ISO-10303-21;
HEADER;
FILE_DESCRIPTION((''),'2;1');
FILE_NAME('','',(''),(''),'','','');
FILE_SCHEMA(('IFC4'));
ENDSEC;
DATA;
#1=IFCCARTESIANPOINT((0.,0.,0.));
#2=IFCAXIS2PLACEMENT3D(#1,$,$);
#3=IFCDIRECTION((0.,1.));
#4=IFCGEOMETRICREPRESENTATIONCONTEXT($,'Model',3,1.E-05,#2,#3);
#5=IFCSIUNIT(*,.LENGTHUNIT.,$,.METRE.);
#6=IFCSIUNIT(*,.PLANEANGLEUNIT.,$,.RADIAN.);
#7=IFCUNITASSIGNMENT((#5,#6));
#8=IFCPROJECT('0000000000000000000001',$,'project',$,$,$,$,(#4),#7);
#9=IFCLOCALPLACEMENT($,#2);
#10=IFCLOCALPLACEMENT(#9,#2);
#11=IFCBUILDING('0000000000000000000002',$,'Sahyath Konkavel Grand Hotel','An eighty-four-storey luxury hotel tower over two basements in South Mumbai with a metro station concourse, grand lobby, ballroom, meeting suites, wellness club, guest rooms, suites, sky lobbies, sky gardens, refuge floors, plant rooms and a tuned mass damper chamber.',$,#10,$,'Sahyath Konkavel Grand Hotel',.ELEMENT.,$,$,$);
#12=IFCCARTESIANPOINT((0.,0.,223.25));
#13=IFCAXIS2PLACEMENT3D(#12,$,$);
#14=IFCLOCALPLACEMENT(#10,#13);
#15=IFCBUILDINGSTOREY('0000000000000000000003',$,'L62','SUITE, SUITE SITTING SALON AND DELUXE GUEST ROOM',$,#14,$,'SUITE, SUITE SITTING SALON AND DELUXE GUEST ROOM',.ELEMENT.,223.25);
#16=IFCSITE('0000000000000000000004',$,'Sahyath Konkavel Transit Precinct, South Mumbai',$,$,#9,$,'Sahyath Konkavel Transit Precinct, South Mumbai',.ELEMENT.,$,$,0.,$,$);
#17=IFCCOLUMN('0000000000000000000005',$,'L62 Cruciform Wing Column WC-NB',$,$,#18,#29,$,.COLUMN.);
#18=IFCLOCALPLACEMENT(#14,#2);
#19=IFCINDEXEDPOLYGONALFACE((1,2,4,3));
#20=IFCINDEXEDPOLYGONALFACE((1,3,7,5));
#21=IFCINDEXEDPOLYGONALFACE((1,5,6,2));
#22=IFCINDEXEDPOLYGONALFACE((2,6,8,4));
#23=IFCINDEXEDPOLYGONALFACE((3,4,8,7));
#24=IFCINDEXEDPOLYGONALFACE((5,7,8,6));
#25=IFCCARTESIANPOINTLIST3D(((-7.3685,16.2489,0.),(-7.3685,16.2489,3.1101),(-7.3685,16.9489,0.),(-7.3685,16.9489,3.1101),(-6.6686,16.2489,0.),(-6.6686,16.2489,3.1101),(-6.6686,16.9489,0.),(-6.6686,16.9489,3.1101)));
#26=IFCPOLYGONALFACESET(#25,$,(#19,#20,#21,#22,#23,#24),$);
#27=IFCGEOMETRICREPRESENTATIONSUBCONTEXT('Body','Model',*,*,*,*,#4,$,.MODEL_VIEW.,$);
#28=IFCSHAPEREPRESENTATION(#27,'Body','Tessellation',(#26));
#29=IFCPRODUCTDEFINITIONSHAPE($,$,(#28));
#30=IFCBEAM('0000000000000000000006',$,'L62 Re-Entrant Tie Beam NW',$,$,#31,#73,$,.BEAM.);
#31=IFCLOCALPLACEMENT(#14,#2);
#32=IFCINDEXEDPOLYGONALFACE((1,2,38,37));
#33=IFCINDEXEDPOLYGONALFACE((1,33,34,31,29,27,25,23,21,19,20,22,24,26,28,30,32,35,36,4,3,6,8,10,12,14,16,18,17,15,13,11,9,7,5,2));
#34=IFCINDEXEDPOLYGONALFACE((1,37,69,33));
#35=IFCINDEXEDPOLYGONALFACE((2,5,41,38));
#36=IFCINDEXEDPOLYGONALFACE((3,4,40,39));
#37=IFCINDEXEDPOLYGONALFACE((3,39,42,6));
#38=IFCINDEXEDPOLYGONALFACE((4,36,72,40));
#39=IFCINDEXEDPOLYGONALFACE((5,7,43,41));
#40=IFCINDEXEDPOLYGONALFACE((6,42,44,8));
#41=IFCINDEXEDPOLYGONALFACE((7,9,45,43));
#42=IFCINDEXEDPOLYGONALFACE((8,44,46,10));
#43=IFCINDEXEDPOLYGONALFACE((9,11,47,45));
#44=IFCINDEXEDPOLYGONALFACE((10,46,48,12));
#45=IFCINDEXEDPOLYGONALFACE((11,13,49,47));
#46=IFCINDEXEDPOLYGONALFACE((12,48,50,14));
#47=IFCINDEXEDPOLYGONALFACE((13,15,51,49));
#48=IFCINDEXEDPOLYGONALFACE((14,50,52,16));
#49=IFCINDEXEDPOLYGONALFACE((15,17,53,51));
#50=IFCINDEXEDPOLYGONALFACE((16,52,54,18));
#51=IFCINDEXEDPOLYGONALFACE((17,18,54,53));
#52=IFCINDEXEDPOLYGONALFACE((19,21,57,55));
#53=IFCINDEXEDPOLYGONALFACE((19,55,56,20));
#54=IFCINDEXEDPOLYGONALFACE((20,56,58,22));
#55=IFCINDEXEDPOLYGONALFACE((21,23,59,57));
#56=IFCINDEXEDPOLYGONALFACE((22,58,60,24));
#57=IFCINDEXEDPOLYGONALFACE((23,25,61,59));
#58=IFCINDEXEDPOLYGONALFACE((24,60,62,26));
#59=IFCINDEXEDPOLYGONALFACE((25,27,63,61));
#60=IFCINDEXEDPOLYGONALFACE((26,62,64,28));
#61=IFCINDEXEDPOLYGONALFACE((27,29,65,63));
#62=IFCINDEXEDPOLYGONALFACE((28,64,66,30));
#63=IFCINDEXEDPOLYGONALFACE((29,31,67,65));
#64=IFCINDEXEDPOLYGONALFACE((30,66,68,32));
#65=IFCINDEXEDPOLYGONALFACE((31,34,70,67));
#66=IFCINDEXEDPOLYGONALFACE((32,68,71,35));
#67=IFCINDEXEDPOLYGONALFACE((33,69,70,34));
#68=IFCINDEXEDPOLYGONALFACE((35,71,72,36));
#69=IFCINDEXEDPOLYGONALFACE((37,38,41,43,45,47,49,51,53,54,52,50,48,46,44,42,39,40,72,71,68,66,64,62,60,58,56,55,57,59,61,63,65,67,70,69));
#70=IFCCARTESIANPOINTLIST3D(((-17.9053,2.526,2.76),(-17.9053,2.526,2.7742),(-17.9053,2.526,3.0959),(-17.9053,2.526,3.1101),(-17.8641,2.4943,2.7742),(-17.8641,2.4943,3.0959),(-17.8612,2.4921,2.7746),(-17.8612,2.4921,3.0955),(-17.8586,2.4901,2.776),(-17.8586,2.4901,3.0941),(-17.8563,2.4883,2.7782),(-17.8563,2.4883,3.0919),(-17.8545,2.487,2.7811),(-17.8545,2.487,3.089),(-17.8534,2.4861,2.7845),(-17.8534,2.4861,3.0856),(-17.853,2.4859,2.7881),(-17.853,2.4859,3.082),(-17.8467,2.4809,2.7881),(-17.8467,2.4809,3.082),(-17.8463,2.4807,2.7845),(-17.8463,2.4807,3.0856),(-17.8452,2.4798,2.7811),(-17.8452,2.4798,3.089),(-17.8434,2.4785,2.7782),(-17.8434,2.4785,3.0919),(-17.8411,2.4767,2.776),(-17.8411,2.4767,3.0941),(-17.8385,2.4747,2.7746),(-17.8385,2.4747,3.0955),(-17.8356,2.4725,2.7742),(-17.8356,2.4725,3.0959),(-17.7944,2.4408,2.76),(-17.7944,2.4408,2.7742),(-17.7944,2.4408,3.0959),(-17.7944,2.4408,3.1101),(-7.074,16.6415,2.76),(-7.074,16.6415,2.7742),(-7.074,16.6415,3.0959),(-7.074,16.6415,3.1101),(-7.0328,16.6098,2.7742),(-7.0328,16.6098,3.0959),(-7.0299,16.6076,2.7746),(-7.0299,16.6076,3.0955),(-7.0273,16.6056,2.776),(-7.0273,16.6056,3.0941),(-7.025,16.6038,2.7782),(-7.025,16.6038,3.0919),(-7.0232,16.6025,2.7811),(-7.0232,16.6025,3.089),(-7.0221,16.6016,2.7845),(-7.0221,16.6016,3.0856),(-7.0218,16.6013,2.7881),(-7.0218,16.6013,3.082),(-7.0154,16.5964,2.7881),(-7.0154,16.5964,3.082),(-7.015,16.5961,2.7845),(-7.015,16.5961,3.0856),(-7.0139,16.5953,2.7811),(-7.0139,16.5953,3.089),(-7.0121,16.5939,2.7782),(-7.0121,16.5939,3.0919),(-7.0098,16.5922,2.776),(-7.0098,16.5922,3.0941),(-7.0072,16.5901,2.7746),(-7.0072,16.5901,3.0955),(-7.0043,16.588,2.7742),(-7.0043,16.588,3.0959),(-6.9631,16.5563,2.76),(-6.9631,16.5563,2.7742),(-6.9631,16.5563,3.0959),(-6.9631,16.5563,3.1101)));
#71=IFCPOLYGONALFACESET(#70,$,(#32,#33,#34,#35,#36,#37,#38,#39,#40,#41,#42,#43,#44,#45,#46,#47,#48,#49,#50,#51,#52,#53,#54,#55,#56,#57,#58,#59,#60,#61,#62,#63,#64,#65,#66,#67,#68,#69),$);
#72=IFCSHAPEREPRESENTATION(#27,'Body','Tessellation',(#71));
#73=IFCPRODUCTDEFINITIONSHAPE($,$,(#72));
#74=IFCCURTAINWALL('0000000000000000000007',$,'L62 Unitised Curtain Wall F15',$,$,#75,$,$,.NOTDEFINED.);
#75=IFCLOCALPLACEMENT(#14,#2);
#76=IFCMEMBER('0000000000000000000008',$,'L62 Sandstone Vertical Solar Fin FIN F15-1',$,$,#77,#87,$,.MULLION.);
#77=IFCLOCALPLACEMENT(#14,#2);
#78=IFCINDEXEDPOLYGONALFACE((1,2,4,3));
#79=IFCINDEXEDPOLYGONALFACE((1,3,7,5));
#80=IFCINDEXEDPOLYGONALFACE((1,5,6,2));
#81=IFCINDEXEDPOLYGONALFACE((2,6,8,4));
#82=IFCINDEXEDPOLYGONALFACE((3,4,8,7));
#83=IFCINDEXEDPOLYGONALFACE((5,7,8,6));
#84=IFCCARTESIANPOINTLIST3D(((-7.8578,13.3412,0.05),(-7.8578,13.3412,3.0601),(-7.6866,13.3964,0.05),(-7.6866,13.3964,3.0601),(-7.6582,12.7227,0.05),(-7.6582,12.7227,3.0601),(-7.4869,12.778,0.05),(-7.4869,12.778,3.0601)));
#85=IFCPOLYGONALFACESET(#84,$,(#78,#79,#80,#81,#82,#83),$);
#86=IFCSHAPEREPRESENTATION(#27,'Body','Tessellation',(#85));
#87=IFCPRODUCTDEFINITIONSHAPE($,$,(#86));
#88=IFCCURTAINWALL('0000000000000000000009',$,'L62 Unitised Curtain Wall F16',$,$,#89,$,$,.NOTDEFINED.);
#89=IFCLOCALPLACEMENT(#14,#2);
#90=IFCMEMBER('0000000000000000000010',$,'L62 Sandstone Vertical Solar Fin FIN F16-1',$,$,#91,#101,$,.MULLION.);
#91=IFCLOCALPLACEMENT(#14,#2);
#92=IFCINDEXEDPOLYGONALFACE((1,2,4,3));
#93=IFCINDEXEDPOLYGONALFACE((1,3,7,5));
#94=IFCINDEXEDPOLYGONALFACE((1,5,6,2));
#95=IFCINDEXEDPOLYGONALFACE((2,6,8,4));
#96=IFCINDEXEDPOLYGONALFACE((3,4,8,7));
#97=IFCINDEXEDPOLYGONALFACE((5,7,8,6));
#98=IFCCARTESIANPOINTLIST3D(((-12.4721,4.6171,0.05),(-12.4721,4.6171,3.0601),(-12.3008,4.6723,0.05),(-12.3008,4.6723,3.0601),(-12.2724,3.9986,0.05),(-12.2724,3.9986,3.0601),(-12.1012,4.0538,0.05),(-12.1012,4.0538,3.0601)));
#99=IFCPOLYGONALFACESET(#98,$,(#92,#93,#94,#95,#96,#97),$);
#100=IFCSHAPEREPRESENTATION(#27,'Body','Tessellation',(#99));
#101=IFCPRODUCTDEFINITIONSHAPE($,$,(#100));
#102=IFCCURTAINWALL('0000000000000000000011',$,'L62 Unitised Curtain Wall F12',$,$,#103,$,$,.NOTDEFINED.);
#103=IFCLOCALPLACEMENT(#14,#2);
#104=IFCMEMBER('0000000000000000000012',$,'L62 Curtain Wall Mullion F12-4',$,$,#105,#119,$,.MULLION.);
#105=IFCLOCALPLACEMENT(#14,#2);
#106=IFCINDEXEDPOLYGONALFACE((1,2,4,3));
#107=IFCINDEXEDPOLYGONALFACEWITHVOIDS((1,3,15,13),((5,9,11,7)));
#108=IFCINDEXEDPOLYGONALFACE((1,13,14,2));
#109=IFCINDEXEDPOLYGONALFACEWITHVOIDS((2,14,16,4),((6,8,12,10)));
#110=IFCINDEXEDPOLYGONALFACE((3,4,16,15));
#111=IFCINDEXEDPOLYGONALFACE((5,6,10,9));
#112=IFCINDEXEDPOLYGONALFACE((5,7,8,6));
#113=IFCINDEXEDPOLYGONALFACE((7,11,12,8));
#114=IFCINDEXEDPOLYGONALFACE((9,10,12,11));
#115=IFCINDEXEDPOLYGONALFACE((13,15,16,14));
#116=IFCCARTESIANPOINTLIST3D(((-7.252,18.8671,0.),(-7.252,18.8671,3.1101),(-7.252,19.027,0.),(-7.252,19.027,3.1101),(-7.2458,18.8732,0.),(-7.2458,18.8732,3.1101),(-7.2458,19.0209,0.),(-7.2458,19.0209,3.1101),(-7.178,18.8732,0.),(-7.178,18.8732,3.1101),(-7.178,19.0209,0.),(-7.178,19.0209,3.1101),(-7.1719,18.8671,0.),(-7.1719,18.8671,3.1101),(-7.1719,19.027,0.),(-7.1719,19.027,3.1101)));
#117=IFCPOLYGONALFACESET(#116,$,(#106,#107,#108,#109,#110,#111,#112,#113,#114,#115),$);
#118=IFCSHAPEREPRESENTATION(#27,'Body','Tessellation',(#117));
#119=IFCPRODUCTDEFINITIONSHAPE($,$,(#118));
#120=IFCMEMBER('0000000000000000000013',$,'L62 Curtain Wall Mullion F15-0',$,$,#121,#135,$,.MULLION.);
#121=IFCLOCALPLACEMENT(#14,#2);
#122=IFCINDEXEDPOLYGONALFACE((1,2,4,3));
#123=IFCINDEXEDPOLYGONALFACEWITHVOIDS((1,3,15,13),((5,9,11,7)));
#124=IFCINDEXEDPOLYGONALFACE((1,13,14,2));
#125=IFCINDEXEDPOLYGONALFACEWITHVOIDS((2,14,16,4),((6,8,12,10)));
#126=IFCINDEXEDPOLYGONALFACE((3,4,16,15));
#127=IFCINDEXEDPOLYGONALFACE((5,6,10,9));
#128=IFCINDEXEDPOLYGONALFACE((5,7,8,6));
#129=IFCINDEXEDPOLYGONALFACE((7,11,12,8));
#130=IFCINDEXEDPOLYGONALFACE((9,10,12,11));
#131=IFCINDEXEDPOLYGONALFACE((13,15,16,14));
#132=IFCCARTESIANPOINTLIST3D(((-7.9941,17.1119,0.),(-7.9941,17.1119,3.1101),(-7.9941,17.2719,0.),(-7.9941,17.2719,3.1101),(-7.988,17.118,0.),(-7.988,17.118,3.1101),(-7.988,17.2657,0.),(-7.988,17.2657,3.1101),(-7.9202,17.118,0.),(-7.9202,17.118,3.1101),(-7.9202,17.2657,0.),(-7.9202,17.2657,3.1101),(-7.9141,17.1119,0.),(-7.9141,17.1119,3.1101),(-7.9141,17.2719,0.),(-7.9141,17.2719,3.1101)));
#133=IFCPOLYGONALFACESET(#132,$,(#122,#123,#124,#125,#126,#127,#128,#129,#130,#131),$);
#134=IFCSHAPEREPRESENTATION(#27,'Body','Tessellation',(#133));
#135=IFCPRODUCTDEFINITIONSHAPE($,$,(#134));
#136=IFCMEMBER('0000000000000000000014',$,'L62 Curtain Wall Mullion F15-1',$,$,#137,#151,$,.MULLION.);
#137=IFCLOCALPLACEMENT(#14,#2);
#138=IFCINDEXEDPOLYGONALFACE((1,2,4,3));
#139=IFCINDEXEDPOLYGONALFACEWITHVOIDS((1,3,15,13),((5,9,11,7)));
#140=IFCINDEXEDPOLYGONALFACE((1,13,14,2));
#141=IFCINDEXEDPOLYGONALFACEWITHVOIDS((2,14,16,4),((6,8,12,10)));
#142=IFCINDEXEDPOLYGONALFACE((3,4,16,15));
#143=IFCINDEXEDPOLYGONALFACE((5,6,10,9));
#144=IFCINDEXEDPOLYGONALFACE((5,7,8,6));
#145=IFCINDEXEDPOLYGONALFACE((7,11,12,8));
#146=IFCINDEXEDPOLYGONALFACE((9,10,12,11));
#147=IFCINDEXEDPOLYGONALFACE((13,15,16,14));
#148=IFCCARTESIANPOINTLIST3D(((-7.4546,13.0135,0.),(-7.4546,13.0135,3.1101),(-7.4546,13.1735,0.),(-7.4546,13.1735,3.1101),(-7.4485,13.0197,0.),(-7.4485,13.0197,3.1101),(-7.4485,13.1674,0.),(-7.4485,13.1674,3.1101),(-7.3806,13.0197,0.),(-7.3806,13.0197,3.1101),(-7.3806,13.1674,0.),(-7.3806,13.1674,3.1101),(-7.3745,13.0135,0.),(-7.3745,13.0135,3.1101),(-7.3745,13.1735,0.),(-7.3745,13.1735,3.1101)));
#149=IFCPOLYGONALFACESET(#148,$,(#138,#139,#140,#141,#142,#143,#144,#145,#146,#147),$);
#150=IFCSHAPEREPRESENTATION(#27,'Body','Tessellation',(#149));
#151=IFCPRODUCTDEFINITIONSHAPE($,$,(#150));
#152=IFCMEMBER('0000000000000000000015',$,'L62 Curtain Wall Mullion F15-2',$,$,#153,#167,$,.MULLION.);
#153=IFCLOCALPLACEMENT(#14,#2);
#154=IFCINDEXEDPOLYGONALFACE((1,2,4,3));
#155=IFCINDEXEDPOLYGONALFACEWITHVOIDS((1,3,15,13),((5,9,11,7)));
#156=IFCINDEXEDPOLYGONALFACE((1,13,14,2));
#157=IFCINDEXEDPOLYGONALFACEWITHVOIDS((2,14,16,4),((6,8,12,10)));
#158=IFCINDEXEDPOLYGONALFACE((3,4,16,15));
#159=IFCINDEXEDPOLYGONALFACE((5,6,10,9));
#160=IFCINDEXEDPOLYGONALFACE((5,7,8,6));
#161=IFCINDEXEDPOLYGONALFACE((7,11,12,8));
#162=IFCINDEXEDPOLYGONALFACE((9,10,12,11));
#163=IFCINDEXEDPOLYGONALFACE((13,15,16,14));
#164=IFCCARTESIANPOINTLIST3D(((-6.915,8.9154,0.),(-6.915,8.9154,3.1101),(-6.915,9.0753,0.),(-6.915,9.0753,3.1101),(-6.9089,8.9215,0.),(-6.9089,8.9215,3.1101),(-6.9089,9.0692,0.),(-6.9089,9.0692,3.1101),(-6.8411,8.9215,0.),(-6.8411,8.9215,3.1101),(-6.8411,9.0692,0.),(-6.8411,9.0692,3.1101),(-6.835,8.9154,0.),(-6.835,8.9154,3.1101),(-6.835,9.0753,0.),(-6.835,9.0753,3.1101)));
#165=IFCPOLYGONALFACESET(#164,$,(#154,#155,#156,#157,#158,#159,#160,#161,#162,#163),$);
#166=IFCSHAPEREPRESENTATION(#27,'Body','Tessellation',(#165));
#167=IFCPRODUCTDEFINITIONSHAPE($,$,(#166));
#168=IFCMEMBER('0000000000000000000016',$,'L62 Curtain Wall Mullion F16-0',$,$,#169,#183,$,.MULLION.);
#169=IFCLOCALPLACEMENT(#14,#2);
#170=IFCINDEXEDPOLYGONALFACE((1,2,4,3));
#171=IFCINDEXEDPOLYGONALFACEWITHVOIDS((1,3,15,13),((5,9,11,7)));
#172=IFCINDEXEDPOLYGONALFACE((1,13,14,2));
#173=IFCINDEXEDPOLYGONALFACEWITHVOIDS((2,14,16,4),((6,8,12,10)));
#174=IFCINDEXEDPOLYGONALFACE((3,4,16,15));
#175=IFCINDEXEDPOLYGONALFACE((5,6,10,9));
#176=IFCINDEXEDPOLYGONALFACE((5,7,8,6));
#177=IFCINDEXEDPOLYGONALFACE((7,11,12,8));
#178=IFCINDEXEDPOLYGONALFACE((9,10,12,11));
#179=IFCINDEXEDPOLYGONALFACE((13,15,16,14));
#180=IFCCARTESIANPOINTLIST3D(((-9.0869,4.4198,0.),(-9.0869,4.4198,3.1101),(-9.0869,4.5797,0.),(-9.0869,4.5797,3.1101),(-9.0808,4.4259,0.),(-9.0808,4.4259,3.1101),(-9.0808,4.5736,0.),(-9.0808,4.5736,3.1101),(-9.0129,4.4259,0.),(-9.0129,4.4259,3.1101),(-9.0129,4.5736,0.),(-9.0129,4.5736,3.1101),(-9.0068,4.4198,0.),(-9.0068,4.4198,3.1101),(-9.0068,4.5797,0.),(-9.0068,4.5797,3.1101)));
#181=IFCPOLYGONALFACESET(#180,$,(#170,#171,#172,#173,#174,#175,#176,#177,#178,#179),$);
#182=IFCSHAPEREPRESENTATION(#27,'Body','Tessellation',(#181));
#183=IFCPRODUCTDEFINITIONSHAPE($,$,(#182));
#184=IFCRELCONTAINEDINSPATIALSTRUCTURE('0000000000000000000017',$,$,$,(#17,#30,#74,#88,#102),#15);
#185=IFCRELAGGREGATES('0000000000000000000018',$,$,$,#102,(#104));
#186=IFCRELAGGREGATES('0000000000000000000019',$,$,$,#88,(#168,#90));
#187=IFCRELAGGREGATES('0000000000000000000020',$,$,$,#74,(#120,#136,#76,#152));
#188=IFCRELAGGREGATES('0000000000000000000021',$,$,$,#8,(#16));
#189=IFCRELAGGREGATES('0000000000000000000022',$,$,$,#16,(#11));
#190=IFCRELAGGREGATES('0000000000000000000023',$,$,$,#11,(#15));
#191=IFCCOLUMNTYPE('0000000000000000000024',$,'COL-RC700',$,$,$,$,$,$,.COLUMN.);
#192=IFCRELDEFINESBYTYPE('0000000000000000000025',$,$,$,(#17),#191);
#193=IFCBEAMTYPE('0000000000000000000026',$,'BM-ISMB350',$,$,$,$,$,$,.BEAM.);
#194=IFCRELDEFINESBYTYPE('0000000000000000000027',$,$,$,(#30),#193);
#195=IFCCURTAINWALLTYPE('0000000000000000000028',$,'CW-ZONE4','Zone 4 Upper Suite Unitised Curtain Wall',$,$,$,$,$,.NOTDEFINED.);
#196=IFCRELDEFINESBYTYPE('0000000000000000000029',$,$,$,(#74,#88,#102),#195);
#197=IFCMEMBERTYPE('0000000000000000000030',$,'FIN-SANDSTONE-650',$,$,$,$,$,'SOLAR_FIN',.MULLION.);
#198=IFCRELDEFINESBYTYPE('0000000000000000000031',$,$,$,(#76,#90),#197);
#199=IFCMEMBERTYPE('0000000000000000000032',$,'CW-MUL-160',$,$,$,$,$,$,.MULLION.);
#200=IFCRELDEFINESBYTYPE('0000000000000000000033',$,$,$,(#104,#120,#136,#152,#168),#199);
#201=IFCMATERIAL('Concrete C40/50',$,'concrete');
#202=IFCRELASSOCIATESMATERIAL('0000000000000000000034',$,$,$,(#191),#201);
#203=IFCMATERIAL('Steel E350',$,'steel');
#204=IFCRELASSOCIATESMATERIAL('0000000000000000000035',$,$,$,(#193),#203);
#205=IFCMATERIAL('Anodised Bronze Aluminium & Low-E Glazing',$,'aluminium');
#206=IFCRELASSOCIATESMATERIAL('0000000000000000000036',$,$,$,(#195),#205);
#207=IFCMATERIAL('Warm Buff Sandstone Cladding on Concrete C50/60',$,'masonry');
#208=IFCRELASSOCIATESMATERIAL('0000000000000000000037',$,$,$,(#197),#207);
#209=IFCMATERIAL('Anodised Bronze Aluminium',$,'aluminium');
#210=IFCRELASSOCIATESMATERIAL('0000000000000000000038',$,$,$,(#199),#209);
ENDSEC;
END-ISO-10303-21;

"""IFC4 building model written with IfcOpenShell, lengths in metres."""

from ifc_helpers import new_model, si_unit, direction, frame, origin, origin_2d, place, context, subcontext, project, spatial, rectangle, hollow_rectangle, i_section, extrude, source, transform, mapped, material, material_profile, profile_set, type_object, element, aggregate, save


model = new_model("IFC4")

# Units and contexts
model_context = context("Model", 3, precision=1e-05, world=origin(), true_north=direction((0.0, 1.0)))
body_context = subcontext(model_context, "Body", "Model", "MODEL_VIEW")
ifc_project = project(units=[si_unit("LENGTHUNIT", "METRE"), si_unit("PLANEANGLEUNIT", "RADIAN")], contexts=[model_context])

# Site, building, storey
site_placement = place(None, origin())
site = spatial("IfcSite", under=ifc_project, at=site_placement, Name="Sahyath Konkavel Transit Precinct, South Mumbai", LongName="Sahyath Konkavel Transit Precinct, South Mumbai", CompositionType="ELEMENT", RefElevation=0.0)
building_placement = place(site_placement, origin())
building = spatial("IfcBuilding", under=site, at=building_placement, Name="Sahyath Konkavel Grand Hotel", Description="An eighty-four-storey luxury hotel tower over two basements in South Mumbai with a metro station concourse, grand lobby, ballroom, meeting suites, wellness club, guest rooms, suites, sky lobbies, sky gardens, refuge floors, plant rooms and a tuned mass damper chamber.", LongName="Sahyath Konkavel Grand Hotel", CompositionType="ELEMENT")
storey_placement = place(building_placement, frame((0.0, 0.0, 223.25)))
storey = spatial("IfcBuildingStorey", under=building, at=storey_placement, Name="L62", Description="SUITE, SUITE SITTING SALON AND DELUXE GUEST ROOM", LongName="SUITE, SUITE SITTING SALON AND DELUXE GUEST ROOM", CompositionType="ELEMENT", Elevation=223.25)

# Column
ifc_material_1 = material(Name="Concrete C40/50", Category="concrete")
ifc_material_profile_1 = material_profile(ifc_material_1, rectangle(XDim=0.7, YDim=0.7, at=origin_2d()), Name="RC 700x700")
ifc_profile_set_1 = profile_set([ifc_material_profile_1], Name="Concrete C40/50")
column_type = type_object("IfcColumnType", Name="COL-RC700", PredefinedType="COLUMN", material=ifc_profile_set_1)
shared_shape_1 = source(origin(), body_context, "Body", "SweptSolid", [
    extrude(rectangle(XDim=0.7, YDim=0.7, at=origin_2d()), origin(), (0.0, 0.0, 1.0), 3.1101),
])
column_placement = place(storey_placement, frame((-7.0186, 16.5989, 0.0), z_axis=(0.0, 0.0, 1.0), x_axis=(1.0, 0.0, 0.0)))
element("IfcColumn", 1, at=column_placement, inside=storey, type_object=column_type, Name="L62 Cruciform Wing Column WC-NB", PredefinedType="COLUMN", context=body_context, shape_type="MappedRepresentation", body=[
    mapped(shared_shape_1, transform((0.0, 0.0, 0.0), scale=1.0)),
])

# Beam
ifc_material_2 = material(Name="Steel E350", Category="steel")
ifc_material_profile_2 = material_profile(ifc_material_2, i_section(OverallWidth=0.1399, OverallDepth=0.3501, WebThickness=0.0081, FlangeThickness=0.0142, FilletRadius=0.0139, at=origin_2d()), Name="ISMB 350")
ifc_profile_set_2 = profile_set([ifc_material_profile_2], Name="Steel E350")
beam_type = type_object("IfcBeamType", Name="BM-ISMB350", PredefinedType="BEAM", material=ifc_profile_set_2)
shared_shape_2 = source(origin(), body_context, "Body", "SweptSolid", [
    extrude(i_section(OverallWidth=0.1399, OverallDepth=0.3501, WebThickness=0.0081, FlangeThickness=0.0142, FilletRadius=0.0139, at=origin_2d()), origin(), (0.0, 0.0, 1.0), 17.7922),
])
beam_placement = place(storey_placement, frame((-7.0186, 16.5989, 2.9351), z_axis=(-0.608765, -0.79335, 0.0), x_axis=(0.79335, -0.608765, 0.0)))
element("IfcBeam", 2, at=beam_placement, inside=storey, type_object=beam_type, Name="L62 Re-Entrant Tie Beam NW", PredefinedType="BEAM", context=body_context, shape_type="MappedRepresentation", body=[
    mapped(shared_shape_2, transform((0.0, 0.0, 0.0), scale=1.0)),
])

# Curtain walls, members
ifc_material_3 = material(Name="Anodised Bronze Aluminium & Low-E Glazing", Category="aluminium")
curtain_wall_type = type_object("IfcCurtainWallType", Name="CW-ZONE4", Description="Zone 4 Upper Suite Unitised Curtain Wall", PredefinedType="NOTDEFINED", material=ifc_material_3)
curtain_wall_1_placement = place(storey_placement, origin())
curtain_wall_1 = element("IfcCurtainWall", 3, at=curtain_wall_1_placement, inside=storey, type_object=curtain_wall_type, Name="L62 Unitised Curtain Wall F15", PredefinedType="NOTDEFINED")
ifc_material_4 = material(Name="Warm Buff Sandstone Cladding on Concrete C50/60", Category="masonry")
ifc_material_profile_3 = material_profile(ifc_material_4, rectangle(XDim=0.1799, YDim=0.6499, at=origin_2d()), Name="FIN 180x650")
ifc_profile_set_3 = profile_set([ifc_material_profile_3], Name="Warm Buff Sandstone Cladding on Concrete C50/60")
member_type_1 = type_object("IfcMemberType", Name="FIN-SANDSTONE-650", ElementType="SOLAR_FIN", PredefinedType="MULLION", material=ifc_profile_set_3)
shared_shape_3 = source(origin(), body_context, "Body", "SweptSolid", [
    extrude(rectangle(XDim=0.1799, YDim=0.6499, at=origin_2d()), origin(), (0.0, 0.0, 1.0), 3.01),
])
member_1_placement = place(storey_placement, frame((-7.6724, 13.0596, 0.05), z_axis=(0.0, 0.0, 1.0), x_axis=(0.951648, 0.307191, 0.0)))
member_1 = element("IfcMember", 4, at=member_1_placement, type_object=member_type_1, Name="L62 Sandstone Vertical Solar Fin FIN F15-1", PredefinedType="MULLION", context=body_context, shape_type="MappedRepresentation", body=[
    mapped(shared_shape_3, transform((0.0, 0.0, 0.0), scale=1.0)),
])
curtain_wall_2_placement = place(storey_placement, origin())
curtain_wall_2 = element("IfcCurtainWall", 5, at=curtain_wall_2_placement, inside=storey, type_object=curtain_wall_type, Name="L62 Unitised Curtain Wall F16", PredefinedType="NOTDEFINED")
member_2_placement = place(storey_placement, frame((-12.2866, 4.3354, 0.05), z_axis=(0.0, 0.0, 1.0), x_axis=(0.951648, 0.307191, 0.0)))
member_2 = element("IfcMember", 6, at=member_2_placement, type_object=member_type_1, Name="L62 Sandstone Vertical Solar Fin FIN F16-1", PredefinedType="MULLION", context=body_context, shape_type="MappedRepresentation", body=[
    mapped(shared_shape_3, transform((0.0, 0.0, 0.0), scale=1.0)),
])
curtain_wall_3_placement = place(storey_placement, origin())
curtain_wall_3 = element("IfcCurtainWall", 7, at=curtain_wall_3_placement, inside=storey, type_object=curtain_wall_type, Name="L62 Unitised Curtain Wall F12", PredefinedType="NOTDEFINED")
ifc_material_5 = material(Name="Anodised Bronze Aluminium", Category="aluminium")
ifc_material_profile_4 = material_profile(ifc_material_5, hollow_rectangle(XDim=0.0801, YDim=0.1599, WallThickness=0.0061, at=origin_2d()), Name="RHS 160x80x6")
ifc_profile_set_4 = profile_set([ifc_material_profile_4], Name="Anodised Bronze Aluminium")
member_type_2 = type_object("IfcMemberType", Name="CW-MUL-160", PredefinedType="MULLION", material=ifc_profile_set_4)
shared_shape_4 = source(origin(), body_context, "Body", "SweptSolid", [
    extrude(hollow_rectangle(XDim=0.0801, YDim=0.1599, WallThickness=0.0061, at=origin_2d()), origin(), (0.0, 0.0, 1.0), 3.1101),
])
member_3_placement = place(storey_placement, frame((-7.2119, 18.947, 0.0), z_axis=(0.0, 0.0, 1.0), x_axis=(1.0, 0.0, 0.0)))
member_3 = element("IfcMember", 8, at=member_3_placement, type_object=member_type_2, Name="L62 Curtain Wall Mullion F12-4", PredefinedType="MULLION", context=body_context, shape_type="MappedRepresentation", body=[
    mapped(shared_shape_4, transform((0.0, 0.0, 0.0), scale=1.0)),
])
aggregate(curtain_wall_3, [member_3])

# Members
member_4_placement = place(storey_placement, frame((-7.9541, 17.1919, 0.0), z_axis=(0.0, 0.0, 1.0), x_axis=(1.0, 0.0, 0.0)))
member_4 = element("IfcMember", 9, at=member_4_placement, type_object=member_type_2, Name="L62 Curtain Wall Mullion F15-0", PredefinedType="MULLION", context=body_context, shape_type="MappedRepresentation", body=[
    mapped(shared_shape_4, transform((0.0, 0.0, 0.0), scale=1.0)),
])
member_5_placement = place(storey_placement, frame((-7.4146, 13.0935, 0.0), z_axis=(0.0, 0.0, 1.0), x_axis=(1.0, 0.0, 0.0)))
member_5 = element("IfcMember", 10, at=member_5_placement, type_object=member_type_2, Name="L62 Curtain Wall Mullion F15-1", PredefinedType="MULLION", context=body_context, shape_type="MappedRepresentation", body=[
    mapped(shared_shape_4, transform((0.0, 0.0, 0.0), scale=1.0)),
])
member_6_placement = place(storey_placement, frame((-6.875, 8.9954, 0.0), z_axis=(0.0, 0.0, 1.0), x_axis=(1.0, 0.0, 0.0)))
member_6 = element("IfcMember", 11, at=member_6_placement, type_object=member_type_2, Name="L62 Curtain Wall Mullion F15-2", PredefinedType="MULLION", context=body_context, shape_type="MappedRepresentation", body=[
    mapped(shared_shape_4, transform((0.0, 0.0, 0.0), scale=1.0)),
])
member_7_placement = place(storey_placement, frame((-9.0469, 4.4998, 0.0), z_axis=(0.0, 0.0, 1.0), x_axis=(1.0, 0.0, 0.0)))
member_7 = element("IfcMember", 12, at=member_7_placement, type_object=member_type_2, Name="L62 Curtain Wall Mullion F16-0", PredefinedType="MULLION", context=body_context, shape_type="MappedRepresentation", body=[
    mapped(shared_shape_4, transform((0.0, 0.0, 0.0), scale=1.0)),
])

aggregate(curtain_wall_2, [member_7, member_2])
aggregate(curtain_wall_1, [member_4, member_5, member_1, member_6])

save(model, "model.ifc")
